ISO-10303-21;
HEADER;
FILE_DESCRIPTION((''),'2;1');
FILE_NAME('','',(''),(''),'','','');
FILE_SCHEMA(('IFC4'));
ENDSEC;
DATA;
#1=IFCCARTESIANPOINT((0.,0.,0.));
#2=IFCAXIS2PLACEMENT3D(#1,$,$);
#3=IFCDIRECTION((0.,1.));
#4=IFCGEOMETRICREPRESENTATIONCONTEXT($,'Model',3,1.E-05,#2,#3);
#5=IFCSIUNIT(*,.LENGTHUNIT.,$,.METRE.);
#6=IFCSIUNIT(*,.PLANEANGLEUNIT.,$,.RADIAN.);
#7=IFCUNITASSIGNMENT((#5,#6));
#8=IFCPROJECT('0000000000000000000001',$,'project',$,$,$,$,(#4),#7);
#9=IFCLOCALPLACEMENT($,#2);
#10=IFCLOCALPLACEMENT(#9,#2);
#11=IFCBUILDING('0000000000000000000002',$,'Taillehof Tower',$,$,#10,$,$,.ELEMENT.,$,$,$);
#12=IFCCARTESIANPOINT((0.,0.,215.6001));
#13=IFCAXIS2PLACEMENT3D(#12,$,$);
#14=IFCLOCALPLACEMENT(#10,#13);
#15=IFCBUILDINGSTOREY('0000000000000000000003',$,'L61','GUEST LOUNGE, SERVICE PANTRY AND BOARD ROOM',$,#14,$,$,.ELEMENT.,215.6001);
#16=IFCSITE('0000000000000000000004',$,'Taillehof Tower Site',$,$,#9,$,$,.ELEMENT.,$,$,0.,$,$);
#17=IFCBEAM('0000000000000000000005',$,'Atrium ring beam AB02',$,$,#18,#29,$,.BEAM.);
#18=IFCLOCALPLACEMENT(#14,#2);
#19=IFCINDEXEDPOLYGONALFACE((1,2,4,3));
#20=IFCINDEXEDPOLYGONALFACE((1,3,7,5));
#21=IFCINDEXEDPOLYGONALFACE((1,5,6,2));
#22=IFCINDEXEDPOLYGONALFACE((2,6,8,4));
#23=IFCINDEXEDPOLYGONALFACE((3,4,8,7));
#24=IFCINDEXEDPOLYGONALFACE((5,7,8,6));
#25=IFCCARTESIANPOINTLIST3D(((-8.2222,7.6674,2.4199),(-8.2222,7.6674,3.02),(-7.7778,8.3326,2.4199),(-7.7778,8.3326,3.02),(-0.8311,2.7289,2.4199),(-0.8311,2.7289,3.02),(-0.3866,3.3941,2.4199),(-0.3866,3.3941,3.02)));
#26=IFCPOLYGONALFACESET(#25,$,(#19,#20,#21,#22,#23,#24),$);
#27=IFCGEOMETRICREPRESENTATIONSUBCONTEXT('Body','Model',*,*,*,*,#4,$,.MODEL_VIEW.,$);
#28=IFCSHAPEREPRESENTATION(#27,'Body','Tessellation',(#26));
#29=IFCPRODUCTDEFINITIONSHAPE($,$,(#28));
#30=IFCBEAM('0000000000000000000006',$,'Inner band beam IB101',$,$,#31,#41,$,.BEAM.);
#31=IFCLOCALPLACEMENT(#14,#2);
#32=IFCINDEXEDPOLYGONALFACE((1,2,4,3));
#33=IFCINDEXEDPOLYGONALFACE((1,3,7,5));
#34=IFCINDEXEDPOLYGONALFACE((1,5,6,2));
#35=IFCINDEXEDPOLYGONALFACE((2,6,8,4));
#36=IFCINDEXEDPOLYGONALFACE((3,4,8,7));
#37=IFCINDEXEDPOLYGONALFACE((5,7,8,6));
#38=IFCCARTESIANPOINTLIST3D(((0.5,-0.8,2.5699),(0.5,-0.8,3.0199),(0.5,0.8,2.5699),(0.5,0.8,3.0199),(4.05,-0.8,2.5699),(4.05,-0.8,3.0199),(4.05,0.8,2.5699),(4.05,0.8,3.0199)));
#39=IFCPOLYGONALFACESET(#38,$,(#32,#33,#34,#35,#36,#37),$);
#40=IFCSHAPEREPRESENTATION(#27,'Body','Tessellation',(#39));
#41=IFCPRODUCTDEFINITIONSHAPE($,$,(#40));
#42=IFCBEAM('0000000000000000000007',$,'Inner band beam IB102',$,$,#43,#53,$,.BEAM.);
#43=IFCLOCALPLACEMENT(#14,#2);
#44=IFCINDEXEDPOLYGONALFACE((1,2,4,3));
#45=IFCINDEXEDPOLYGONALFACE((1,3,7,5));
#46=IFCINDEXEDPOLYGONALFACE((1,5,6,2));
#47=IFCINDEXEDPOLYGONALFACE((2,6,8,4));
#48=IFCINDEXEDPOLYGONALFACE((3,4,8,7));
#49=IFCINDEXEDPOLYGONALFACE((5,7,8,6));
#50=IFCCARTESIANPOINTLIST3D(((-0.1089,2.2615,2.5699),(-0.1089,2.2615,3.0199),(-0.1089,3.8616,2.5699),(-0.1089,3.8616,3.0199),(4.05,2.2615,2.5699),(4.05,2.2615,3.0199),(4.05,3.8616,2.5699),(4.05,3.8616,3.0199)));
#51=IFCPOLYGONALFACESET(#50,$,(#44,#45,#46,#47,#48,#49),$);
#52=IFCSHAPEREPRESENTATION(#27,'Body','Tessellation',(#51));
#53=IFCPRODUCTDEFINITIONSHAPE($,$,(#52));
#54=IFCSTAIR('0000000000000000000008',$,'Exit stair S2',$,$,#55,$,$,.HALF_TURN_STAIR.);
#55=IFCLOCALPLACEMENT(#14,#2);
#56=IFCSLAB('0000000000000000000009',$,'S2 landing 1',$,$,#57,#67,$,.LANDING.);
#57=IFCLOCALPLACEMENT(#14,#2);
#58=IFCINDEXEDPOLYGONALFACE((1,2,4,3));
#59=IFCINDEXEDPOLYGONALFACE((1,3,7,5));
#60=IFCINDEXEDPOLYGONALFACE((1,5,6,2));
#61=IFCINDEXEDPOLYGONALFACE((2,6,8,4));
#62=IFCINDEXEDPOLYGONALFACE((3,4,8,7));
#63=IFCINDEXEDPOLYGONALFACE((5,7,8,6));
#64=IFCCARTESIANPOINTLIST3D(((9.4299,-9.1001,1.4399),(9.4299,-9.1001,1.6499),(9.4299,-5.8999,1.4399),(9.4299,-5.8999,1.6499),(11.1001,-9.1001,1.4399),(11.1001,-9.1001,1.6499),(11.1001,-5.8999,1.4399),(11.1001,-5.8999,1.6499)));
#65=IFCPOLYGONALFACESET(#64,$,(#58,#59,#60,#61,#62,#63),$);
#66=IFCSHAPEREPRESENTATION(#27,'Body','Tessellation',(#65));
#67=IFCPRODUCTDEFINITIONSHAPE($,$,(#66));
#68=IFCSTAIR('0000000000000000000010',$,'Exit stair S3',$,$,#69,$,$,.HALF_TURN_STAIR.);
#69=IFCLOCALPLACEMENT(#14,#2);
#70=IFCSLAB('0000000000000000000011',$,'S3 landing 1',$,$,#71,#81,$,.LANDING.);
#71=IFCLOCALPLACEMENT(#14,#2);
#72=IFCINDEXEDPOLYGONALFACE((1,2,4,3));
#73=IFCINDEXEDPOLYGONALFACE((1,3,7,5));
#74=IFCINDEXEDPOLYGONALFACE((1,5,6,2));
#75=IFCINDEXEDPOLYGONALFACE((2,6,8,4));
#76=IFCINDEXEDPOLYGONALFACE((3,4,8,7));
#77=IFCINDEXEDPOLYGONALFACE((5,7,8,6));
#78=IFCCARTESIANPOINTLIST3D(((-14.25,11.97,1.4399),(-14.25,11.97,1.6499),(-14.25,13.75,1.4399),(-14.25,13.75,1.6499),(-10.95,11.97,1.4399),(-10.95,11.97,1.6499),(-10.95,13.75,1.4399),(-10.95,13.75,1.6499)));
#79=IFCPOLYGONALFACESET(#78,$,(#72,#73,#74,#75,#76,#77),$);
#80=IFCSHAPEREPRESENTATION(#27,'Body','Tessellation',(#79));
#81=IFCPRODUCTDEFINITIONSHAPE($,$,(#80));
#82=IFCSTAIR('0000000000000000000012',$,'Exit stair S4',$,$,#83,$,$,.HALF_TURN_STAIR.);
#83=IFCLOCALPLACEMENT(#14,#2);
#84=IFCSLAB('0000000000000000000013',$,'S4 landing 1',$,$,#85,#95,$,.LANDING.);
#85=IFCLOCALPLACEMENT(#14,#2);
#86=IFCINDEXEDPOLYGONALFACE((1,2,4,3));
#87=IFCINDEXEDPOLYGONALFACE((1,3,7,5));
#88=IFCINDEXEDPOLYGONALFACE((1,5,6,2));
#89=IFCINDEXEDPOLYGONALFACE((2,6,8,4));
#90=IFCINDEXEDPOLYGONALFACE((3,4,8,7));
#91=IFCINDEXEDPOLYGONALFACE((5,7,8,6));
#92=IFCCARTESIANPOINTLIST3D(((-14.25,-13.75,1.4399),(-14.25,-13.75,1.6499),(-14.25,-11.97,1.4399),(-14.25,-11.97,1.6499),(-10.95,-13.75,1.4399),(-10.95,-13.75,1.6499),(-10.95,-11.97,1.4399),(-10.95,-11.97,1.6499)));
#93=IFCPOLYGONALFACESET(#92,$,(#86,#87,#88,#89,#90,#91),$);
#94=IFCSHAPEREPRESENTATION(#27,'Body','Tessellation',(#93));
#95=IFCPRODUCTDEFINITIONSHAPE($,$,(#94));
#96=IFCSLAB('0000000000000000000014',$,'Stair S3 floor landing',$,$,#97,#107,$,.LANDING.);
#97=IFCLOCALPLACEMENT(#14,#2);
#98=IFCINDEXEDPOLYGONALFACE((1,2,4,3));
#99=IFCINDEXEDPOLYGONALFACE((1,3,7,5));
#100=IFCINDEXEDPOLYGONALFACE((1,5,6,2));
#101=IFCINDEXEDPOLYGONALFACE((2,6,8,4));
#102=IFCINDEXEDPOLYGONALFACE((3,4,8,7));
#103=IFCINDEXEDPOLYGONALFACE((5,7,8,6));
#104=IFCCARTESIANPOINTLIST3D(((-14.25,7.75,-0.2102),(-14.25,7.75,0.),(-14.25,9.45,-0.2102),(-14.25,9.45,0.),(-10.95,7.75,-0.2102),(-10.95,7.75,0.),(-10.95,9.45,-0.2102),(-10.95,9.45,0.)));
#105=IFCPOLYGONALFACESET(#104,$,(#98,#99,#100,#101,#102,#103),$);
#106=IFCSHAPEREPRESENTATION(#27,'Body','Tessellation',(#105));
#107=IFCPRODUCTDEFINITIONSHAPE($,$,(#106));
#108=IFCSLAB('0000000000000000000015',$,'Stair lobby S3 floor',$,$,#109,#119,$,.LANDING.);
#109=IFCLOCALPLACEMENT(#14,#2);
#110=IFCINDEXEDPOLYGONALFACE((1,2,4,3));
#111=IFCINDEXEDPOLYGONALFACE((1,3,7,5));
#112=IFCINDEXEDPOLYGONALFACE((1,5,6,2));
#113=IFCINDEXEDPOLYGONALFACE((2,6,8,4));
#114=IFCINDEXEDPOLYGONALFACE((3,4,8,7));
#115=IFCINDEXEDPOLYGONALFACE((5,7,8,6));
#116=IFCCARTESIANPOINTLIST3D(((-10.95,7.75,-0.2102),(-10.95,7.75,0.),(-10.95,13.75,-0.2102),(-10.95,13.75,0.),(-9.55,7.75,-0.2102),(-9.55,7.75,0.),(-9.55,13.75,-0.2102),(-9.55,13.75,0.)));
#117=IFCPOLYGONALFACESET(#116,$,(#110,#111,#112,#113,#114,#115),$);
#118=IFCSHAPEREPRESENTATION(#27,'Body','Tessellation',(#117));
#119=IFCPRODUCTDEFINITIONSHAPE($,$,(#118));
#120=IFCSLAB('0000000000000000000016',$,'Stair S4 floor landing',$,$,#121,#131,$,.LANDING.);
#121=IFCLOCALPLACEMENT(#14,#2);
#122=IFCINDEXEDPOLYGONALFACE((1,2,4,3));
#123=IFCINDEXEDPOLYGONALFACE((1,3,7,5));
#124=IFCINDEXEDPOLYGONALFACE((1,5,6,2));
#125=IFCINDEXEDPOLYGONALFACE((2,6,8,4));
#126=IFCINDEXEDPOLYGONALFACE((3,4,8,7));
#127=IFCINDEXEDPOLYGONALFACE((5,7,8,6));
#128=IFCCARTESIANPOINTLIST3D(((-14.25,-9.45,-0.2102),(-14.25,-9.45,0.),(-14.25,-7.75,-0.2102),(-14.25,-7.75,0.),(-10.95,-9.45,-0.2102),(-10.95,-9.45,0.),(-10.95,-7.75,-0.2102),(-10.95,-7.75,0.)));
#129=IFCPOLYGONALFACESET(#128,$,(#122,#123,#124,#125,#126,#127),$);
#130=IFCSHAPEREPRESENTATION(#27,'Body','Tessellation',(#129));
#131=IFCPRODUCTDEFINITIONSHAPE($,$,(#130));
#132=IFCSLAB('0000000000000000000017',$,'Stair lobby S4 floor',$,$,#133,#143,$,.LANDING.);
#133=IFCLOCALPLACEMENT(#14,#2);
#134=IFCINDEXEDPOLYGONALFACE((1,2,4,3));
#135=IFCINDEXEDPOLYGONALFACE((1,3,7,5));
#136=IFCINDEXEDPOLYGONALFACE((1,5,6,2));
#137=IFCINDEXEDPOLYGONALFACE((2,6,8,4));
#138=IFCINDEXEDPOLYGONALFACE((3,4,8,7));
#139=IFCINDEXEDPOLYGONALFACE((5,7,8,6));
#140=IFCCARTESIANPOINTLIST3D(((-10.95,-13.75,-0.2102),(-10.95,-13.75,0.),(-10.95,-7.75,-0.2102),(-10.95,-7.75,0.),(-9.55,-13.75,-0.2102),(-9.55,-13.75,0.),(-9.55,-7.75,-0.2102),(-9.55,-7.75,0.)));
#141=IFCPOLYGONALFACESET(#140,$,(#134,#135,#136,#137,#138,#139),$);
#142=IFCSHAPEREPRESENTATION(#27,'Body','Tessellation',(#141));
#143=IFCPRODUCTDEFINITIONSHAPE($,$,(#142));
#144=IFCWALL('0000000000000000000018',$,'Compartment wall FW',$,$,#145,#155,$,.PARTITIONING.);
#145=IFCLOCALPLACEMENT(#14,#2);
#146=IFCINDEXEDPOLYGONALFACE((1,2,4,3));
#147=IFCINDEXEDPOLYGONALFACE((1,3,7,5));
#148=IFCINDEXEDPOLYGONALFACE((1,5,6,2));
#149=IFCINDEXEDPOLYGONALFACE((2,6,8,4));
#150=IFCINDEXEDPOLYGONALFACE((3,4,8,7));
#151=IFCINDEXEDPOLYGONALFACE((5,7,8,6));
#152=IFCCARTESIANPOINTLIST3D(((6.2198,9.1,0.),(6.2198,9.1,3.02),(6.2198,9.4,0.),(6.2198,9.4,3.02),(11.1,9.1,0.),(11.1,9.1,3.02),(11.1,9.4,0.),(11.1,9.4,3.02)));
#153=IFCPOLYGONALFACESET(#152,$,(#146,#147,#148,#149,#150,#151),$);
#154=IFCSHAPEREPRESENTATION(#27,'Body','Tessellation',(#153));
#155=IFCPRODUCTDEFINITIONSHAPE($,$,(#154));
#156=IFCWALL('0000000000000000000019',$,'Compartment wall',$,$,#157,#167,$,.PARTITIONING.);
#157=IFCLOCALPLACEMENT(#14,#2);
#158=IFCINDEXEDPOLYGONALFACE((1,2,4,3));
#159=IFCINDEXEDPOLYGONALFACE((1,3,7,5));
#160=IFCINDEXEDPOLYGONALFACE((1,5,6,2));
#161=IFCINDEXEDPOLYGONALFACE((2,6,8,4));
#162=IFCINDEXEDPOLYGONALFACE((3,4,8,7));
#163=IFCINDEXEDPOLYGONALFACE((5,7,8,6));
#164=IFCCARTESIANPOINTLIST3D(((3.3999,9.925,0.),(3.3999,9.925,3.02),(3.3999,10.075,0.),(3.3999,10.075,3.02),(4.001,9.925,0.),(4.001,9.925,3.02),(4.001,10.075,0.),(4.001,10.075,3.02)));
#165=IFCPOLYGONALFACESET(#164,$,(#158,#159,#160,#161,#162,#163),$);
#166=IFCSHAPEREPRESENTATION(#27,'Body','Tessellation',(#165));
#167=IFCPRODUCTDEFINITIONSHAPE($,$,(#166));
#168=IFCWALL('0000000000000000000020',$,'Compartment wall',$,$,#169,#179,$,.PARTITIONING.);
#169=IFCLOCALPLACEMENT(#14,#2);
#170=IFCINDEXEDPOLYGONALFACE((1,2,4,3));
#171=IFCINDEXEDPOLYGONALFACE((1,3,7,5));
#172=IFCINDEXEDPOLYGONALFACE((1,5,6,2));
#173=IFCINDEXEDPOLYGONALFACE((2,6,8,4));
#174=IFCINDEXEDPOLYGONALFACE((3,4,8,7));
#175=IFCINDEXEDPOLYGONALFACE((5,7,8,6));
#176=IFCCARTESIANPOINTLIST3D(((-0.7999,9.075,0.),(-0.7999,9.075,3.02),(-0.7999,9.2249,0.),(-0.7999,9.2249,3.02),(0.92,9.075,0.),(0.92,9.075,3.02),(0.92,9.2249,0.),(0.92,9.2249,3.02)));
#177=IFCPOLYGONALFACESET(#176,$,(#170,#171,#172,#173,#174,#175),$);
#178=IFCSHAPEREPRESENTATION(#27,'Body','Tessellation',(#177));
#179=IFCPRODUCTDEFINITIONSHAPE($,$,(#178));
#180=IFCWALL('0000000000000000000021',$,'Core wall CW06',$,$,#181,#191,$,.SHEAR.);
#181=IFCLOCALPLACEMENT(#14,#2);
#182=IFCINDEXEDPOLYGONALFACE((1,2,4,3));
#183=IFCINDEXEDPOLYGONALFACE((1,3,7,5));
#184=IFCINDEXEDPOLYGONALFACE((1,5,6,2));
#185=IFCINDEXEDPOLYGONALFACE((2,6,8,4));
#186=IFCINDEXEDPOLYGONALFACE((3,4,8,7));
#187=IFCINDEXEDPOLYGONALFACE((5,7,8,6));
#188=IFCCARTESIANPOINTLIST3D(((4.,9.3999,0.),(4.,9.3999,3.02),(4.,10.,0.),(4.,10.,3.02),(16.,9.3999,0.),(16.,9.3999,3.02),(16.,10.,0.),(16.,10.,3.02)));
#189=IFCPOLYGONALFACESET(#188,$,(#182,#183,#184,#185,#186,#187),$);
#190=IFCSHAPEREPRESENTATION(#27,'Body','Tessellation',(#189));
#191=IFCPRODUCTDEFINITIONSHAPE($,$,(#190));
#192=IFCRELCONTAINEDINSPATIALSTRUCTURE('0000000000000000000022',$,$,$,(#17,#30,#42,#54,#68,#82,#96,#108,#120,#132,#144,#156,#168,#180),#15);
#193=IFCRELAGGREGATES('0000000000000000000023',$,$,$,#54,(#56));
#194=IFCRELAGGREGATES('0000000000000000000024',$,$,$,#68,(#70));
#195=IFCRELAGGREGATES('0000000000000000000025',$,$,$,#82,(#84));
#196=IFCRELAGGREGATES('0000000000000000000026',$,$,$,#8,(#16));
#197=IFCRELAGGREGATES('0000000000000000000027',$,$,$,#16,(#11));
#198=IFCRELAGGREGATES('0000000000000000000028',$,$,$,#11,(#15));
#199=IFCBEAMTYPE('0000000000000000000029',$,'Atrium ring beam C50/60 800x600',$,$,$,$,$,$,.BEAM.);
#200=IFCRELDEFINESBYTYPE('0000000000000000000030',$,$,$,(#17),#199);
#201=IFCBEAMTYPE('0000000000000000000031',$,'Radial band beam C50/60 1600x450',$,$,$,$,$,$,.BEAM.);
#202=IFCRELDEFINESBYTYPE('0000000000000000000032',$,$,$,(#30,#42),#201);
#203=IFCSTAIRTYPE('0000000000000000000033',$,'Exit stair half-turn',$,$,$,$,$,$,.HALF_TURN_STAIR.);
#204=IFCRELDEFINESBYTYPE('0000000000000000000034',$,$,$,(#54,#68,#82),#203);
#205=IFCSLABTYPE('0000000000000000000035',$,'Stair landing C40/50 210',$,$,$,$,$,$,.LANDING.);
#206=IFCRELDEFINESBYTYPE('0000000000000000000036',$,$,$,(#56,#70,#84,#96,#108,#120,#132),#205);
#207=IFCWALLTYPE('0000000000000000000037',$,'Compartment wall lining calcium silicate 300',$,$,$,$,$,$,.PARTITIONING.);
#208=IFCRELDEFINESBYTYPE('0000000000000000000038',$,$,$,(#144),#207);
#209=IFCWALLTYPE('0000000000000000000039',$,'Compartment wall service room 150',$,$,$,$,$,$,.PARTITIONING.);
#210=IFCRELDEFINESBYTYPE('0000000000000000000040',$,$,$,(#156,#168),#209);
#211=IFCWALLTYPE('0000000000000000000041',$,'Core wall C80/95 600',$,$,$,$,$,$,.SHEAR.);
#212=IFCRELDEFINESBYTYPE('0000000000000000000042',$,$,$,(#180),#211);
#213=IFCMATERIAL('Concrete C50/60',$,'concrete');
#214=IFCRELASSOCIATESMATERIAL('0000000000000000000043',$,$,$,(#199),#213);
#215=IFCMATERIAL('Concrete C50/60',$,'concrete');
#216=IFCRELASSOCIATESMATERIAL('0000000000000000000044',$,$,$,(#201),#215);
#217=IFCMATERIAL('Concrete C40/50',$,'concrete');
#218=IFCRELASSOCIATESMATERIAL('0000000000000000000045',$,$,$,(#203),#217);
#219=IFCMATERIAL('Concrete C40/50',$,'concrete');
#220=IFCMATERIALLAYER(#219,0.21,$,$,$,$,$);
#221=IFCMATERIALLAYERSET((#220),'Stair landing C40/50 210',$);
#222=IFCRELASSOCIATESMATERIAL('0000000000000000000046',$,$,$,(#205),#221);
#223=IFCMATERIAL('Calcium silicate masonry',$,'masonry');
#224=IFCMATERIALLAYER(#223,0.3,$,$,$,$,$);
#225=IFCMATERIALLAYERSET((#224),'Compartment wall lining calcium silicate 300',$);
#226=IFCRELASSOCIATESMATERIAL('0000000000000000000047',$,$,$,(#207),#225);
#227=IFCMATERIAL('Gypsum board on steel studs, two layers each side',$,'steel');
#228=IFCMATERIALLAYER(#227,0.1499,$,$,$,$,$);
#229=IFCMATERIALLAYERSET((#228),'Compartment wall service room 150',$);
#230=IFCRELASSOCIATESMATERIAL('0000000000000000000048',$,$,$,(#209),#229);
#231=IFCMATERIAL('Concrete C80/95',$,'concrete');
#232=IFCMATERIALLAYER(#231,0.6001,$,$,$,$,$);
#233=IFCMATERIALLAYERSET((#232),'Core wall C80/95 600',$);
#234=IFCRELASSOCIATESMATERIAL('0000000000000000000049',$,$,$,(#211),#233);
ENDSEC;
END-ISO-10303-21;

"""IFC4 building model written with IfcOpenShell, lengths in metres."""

from ifc_helpers import new_model, si_unit, direction, frame, frame_2d, origin, origin_2d, place, context, subcontext, project, spatial, polyline, rectangle, outline, extrude, material, layer, layer_set, material_profile, profile_set, type_object, element, aggregate, save


model = new_model("IFC4")

# Units and contexts
model_context = context("Model", 3, precision=1e-05, world=origin(), true_north=direction((0.0, 1.0)))
body_context = subcontext(model_context, "Body", "Model", "MODEL_VIEW")
ifc_project = project(units=[si_unit("LENGTHUNIT", "METRE"), si_unit("PLANEANGLEUNIT", "RADIAN")], contexts=[model_context])

# Site, building, storey
site_placement = place(None, origin())
site = spatial("IfcSite", under=ifc_project, at=site_placement, Name="Taillehof Tower Site", CompositionType="ELEMENT", RefElevation=0.0)
building_placement = place(site_placement, origin())
building = spatial("IfcBuilding", under=site, at=building_placement, Name="Taillehof Tower", CompositionType="ELEMENT")
storey_placement = place(building_placement, frame((0.0, 0.0, 215.6001)))
storey = spatial("IfcBuildingStorey", under=building, at=storey_placement, Name="L61", Description="GUEST LOUNGE, SERVICE PANTRY AND BOARD ROOM", CompositionType="ELEMENT", Elevation=215.6001)

# Beams
ifc_material_1 = material(Name="Concrete C50/60", Category="concrete")
ifc_material_profile_1 = material_profile(ifc_material_1, rectangle(XDim=0.8, YDim=0.6001, at=origin_2d()), Name="RC 800x600")
ifc_profile_set_1 = profile_set([ifc_material_profile_1], Name="Concrete C50/60")
beam_type_1 = type_object("IfcBeamType", Name="Atrium ring beam C50/60 800x600", PredefinedType="BEAM", material=ifc_profile_set_1)
beam_1_placement = place(storey_placement, frame((-0.6089, 3.0615, 2.72), z_axis=(-0.831475, 0.555562, 0.0), x_axis=(-0.555562, -0.831475, 0.0)))
element("IfcBeam", 1, at=beam_1_placement, inside=storey, type_object=beam_type_1, Name="Atrium ring beam AB02", PredefinedType="BEAM", context=body_context, shape_type="SweptSolid", body=[
    extrude(rectangle(XDim=0.8, YDim=0.6001, at=origin_2d()), origin(), (0.0, 0.0, 1.0), 8.8892),
])
ifc_material_2 = material(Name="Concrete C50/60", Category="concrete")
ifc_material_profile_2 = material_profile(ifc_material_2, rectangle(XDim=1.6001, YDim=0.45, at=origin_2d()), Name="RC 1600x450")
ifc_profile_set_2 = profile_set([ifc_material_profile_2], Name="Concrete C50/60")
beam_type_2 = type_object("IfcBeamType", Name="Radial band beam C50/60 1600x450", PredefinedType="BEAM", material=ifc_profile_set_2)
beam_2_placement = place(storey_placement, frame((0.5, 0.0, 2.7949), z_axis=(1.0, 0.0, 0.0), x_axis=(0.0, 1.0, 0.0)))
element("IfcBeam", 2, at=beam_2_placement, inside=storey, type_object=beam_type_2, Name="Inner band beam IB101", PredefinedType="BEAM", context=body_context, shape_type="SweptSolid", body=[
    extrude(rectangle(XDim=1.6001, YDim=0.45, at=origin_2d()), origin(), (0.0, 0.0, 1.0), 3.55),
])
beam_3_placement = place(storey_placement, frame((-0.1089, 3.0615, 2.7949), z_axis=(1.0, 0.0, 0.0), x_axis=(0.0, 1.0, 0.0)))
element("IfcBeam", 3, at=beam_3_placement, inside=storey, type_object=beam_type_2, Name="Inner band beam IB102", PredefinedType="BEAM", context=body_context, shape_type="SweptSolid", body=[
    extrude(rectangle(XDim=1.6001, YDim=0.45, at=origin_2d()), origin(), (0.0, 0.0, 1.0), 4.1589),
])

# Stairs, slabs
ifc_material_3 = material(Name="Concrete C40/50", Category="concrete")
stair_type = type_object("IfcStairType", Name="Exit stair half-turn", PredefinedType="HALF_TURN_STAIR", material=ifc_material_3)
stair_1_placement = place(storey_placement, origin())
stair_1 = element("IfcStair", 4, at=stair_1_placement, inside=storey, type_object=stair_type, Name="Exit stair S2", PredefinedType="HALF_TURN_STAIR")
ifc_material_4 = material(Name="Concrete C40/50", Category="concrete")
ifc_layer_1 = layer(ifc_material_4, 0.21)
ifc_layer_set_1 = layer_set([ifc_layer_1], Name="Stair landing C40/50 210")
slab_type = type_object("IfcSlabType", Name="Stair landing C40/50 210", PredefinedType="LANDING", material=ifc_layer_set_1)
slab_1_placement = place(storey_placement, frame((0.0, 0.0, 1.4399)))
slab_1 = element("IfcSlab", 5, at=slab_1_placement, type_object=slab_type, Name="S2 landing 1", PredefinedType="LANDING", context=body_context, shape_type="SweptSolid", body=[
    extrude(outline(polyline([(9.4299, -5.8999), (11.1001, -5.8999), (11.1001, -9.1001), (9.4299, -9.1001), (9.4299, -5.8999)])), origin(), (0.0, 0.0, 1.0), 0.21),
])
aggregate(stair_1, [slab_1])
stair_2_placement = place(storey_placement, origin())
stair_2 = element("IfcStair", 6, at=stair_2_placement, inside=storey, type_object=stair_type, Name="Exit stair S3", PredefinedType="HALF_TURN_STAIR")
slab_2_placement = place(storey_placement, frame((0.0, 0.0, 1.4399)))
slab_2 = element("IfcSlab", 7, at=slab_2_placement, type_object=slab_type, Name="S3 landing 1", PredefinedType="LANDING", context=body_context, shape_type="SweptSolid", body=[
    extrude(outline(polyline([(-14.25, 11.97), (-14.25, 13.75), (-10.95, 13.75), (-10.95, 11.97), (-14.25, 11.97)])), origin(), (0.0, 0.0, 1.0), 0.21),
])
aggregate(stair_2, [slab_2])
stair_3_placement = place(storey_placement, origin())
stair_3 = element("IfcStair", 8, at=stair_3_placement, inside=storey, type_object=stair_type, Name="Exit stair S4", PredefinedType="HALF_TURN_STAIR")
slab_3_placement = place(storey_placement, frame((0.0, 0.0, 1.4399)))
slab_3 = element("IfcSlab", 9, at=slab_3_placement, type_object=slab_type, Name="S4 landing 1", PredefinedType="LANDING", context=body_context, shape_type="SweptSolid", body=[
    extrude(outline(polyline([(-14.25, -11.97), (-14.25, -13.75), (-10.95, -13.75), (-10.95, -11.97), (-14.25, -11.97)])), origin(), (0.0, 0.0, 1.0), 0.21),
])
aggregate(stair_3, [slab_3])

# Slabs
slab_4_placement = place(storey_placement, frame((0.0, 0.0, -0.2102)))
element("IfcSlab", 10, at=slab_4_placement, inside=storey, type_object=slab_type, Name="Stair S3 floor landing", PredefinedType="LANDING", context=body_context, shape_type="SweptSolid", body=[
    extrude(outline(polyline([(-14.25, 7.75), (-14.25, 9.45), (-10.95, 9.45), (-10.95, 7.75), (-14.25, 7.75)])), origin(), (0.0, 0.0, 1.0), 0.2102),
])
slab_5_placement = place(storey_placement, frame((0.0, 0.0, -0.2102)))
element("IfcSlab", 11, at=slab_5_placement, inside=storey, type_object=slab_type, Name="Stair lobby S3 floor", PredefinedType="LANDING", context=body_context, shape_type="SweptSolid", body=[
    extrude(outline(polyline([(-10.95, 7.75), (-9.55, 7.75), (-9.55, 13.75), (-10.95, 13.75), (-10.95, 7.75)])), origin(), (0.0, 0.0, 1.0), 0.2102),
])
slab_6_placement = place(storey_placement, frame((0.0, 0.0, -0.2102)))
element("IfcSlab", 12, at=slab_6_placement, inside=storey, type_object=slab_type, Name="Stair S4 floor landing", PredefinedType="LANDING", context=body_context, shape_type="SweptSolid", body=[
    extrude(outline(polyline([(-14.25, -7.75), (-14.25, -9.45), (-10.95, -9.45), (-10.95, -7.75), (-14.25, -7.75)])), origin(), (0.0, 0.0, 1.0), 0.2102),
])
slab_7_placement = place(storey_placement, frame((0.0, 0.0, -0.2102)))
element("IfcSlab", 13, at=slab_7_placement, inside=storey, type_object=slab_type, Name="Stair lobby S4 floor", PredefinedType="LANDING", context=body_context, shape_type="SweptSolid", body=[
    extrude(outline(polyline([(-10.95, -13.75), (-9.55, -13.75), (-9.55, -7.75), (-10.95, -7.75), (-10.95, -13.75)])), origin(), (0.0, 0.0, 1.0), 0.2102),
])

# Walls
ifc_material_5 = material(Name="Calcium silicate masonry", Category="masonry")
ifc_layer_2 = layer(ifc_material_5, 0.3)
ifc_layer_set_2 = layer_set([ifc_layer_2], Name="Compartment wall lining calcium silicate 300")
wall_type_1 = type_object("IfcWallType", Name="Compartment wall lining calcium silicate 300", PredefinedType="PARTITIONING", material=ifc_layer_set_2)
wall_1_placement = place(storey_placement, frame((6.22, 9.25, 0.0), z_axis=(0.0, 0.0, 1.0), x_axis=(1.0, 0.0, 0.0)))
element("IfcWall", 14, at=wall_1_placement, inside=storey, type_object=wall_type_1, Name="Compartment wall FW", PredefinedType="PARTITIONING", context=body_context, shape_type="SweptSolid", body=[
    extrude(rectangle(XDim=4.8801, YDim=0.3, at=frame_2d((2.4399, 0.0))), origin(), (0.0, 0.0, 1.0), 3.02),
])
ifc_material_6 = material(Name="Gypsum board on steel studs, two layers each side", Category="steel")
ifc_layer_3 = layer(ifc_material_6, 0.1499)
ifc_layer_set_3 = layer_set([ifc_layer_3], Name="Compartment wall service room 150")
wall_type_2 = type_object("IfcWallType", Name="Compartment wall service room 150", PredefinedType="PARTITIONING", material=ifc_layer_set_3)
wall_2_placement = place(storey_placement, frame((4.001, 10.0, 0.0), z_axis=(0.0, 0.0, 1.0), x_axis=(-1.0, 0.0, 0.0)))
element("IfcWall", 15, at=wall_2_placement, inside=storey, type_object=wall_type_2, Name="Compartment wall", PredefinedType="PARTITIONING", context=body_context, shape_type="SweptSolid", body=[
    extrude(rectangle(XDim=0.6011, YDim=0.1499, at=frame_2d((0.3005, 0.0))), origin(), (0.0, 0.0, 1.0), 3.02),
])
wall_3_placement = place(storey_placement, frame((0.9199, 9.1499, 0.0), z_axis=(0.0, 0.0, 1.0), x_axis=(-1.0, 0.0, 0.0)))
element("IfcWall", 16, at=wall_3_placement, inside=storey, type_object=wall_type_2, Name="Compartment wall", PredefinedType="PARTITIONING", context=body_context, shape_type="SweptSolid", body=[
    extrude(rectangle(XDim=1.72, YDim=0.1499, at=frame_2d((0.8599, 0.0))), origin(), (0.0, 0.0, 1.0), 3.02),
])
ifc_material_7 = material(Name="Concrete C80/95", Category="concrete")
ifc_layer_4 = layer(ifc_material_7, 0.6001)
ifc_layer_set_4 = layer_set([ifc_layer_4], Name="Core wall C80/95 600")
wall_type_3 = type_object("IfcWallType", Name="Core wall C80/95 600", PredefinedType="SHEAR", material=ifc_layer_set_4)
wall_4_placement = place(storey_placement, frame((4.0, 9.7, 0.0), z_axis=(0.0, 0.0, 1.0), x_axis=(1.0, 0.0, 0.0)))
element("IfcWall", 17, at=wall_4_placement, inside=storey, type_object=wall_type_3, Name="Core wall CW06", PredefinedType="SHEAR", context=body_context, shape_type="SweptSolid", body=[
    extrude(rectangle(XDim=12.0, YDim=0.6001, at=frame_2d((6.0, 0.0))), origin(), (0.0, 0.0, 1.0), 3.02),
])

save(model, "model.ifc")
